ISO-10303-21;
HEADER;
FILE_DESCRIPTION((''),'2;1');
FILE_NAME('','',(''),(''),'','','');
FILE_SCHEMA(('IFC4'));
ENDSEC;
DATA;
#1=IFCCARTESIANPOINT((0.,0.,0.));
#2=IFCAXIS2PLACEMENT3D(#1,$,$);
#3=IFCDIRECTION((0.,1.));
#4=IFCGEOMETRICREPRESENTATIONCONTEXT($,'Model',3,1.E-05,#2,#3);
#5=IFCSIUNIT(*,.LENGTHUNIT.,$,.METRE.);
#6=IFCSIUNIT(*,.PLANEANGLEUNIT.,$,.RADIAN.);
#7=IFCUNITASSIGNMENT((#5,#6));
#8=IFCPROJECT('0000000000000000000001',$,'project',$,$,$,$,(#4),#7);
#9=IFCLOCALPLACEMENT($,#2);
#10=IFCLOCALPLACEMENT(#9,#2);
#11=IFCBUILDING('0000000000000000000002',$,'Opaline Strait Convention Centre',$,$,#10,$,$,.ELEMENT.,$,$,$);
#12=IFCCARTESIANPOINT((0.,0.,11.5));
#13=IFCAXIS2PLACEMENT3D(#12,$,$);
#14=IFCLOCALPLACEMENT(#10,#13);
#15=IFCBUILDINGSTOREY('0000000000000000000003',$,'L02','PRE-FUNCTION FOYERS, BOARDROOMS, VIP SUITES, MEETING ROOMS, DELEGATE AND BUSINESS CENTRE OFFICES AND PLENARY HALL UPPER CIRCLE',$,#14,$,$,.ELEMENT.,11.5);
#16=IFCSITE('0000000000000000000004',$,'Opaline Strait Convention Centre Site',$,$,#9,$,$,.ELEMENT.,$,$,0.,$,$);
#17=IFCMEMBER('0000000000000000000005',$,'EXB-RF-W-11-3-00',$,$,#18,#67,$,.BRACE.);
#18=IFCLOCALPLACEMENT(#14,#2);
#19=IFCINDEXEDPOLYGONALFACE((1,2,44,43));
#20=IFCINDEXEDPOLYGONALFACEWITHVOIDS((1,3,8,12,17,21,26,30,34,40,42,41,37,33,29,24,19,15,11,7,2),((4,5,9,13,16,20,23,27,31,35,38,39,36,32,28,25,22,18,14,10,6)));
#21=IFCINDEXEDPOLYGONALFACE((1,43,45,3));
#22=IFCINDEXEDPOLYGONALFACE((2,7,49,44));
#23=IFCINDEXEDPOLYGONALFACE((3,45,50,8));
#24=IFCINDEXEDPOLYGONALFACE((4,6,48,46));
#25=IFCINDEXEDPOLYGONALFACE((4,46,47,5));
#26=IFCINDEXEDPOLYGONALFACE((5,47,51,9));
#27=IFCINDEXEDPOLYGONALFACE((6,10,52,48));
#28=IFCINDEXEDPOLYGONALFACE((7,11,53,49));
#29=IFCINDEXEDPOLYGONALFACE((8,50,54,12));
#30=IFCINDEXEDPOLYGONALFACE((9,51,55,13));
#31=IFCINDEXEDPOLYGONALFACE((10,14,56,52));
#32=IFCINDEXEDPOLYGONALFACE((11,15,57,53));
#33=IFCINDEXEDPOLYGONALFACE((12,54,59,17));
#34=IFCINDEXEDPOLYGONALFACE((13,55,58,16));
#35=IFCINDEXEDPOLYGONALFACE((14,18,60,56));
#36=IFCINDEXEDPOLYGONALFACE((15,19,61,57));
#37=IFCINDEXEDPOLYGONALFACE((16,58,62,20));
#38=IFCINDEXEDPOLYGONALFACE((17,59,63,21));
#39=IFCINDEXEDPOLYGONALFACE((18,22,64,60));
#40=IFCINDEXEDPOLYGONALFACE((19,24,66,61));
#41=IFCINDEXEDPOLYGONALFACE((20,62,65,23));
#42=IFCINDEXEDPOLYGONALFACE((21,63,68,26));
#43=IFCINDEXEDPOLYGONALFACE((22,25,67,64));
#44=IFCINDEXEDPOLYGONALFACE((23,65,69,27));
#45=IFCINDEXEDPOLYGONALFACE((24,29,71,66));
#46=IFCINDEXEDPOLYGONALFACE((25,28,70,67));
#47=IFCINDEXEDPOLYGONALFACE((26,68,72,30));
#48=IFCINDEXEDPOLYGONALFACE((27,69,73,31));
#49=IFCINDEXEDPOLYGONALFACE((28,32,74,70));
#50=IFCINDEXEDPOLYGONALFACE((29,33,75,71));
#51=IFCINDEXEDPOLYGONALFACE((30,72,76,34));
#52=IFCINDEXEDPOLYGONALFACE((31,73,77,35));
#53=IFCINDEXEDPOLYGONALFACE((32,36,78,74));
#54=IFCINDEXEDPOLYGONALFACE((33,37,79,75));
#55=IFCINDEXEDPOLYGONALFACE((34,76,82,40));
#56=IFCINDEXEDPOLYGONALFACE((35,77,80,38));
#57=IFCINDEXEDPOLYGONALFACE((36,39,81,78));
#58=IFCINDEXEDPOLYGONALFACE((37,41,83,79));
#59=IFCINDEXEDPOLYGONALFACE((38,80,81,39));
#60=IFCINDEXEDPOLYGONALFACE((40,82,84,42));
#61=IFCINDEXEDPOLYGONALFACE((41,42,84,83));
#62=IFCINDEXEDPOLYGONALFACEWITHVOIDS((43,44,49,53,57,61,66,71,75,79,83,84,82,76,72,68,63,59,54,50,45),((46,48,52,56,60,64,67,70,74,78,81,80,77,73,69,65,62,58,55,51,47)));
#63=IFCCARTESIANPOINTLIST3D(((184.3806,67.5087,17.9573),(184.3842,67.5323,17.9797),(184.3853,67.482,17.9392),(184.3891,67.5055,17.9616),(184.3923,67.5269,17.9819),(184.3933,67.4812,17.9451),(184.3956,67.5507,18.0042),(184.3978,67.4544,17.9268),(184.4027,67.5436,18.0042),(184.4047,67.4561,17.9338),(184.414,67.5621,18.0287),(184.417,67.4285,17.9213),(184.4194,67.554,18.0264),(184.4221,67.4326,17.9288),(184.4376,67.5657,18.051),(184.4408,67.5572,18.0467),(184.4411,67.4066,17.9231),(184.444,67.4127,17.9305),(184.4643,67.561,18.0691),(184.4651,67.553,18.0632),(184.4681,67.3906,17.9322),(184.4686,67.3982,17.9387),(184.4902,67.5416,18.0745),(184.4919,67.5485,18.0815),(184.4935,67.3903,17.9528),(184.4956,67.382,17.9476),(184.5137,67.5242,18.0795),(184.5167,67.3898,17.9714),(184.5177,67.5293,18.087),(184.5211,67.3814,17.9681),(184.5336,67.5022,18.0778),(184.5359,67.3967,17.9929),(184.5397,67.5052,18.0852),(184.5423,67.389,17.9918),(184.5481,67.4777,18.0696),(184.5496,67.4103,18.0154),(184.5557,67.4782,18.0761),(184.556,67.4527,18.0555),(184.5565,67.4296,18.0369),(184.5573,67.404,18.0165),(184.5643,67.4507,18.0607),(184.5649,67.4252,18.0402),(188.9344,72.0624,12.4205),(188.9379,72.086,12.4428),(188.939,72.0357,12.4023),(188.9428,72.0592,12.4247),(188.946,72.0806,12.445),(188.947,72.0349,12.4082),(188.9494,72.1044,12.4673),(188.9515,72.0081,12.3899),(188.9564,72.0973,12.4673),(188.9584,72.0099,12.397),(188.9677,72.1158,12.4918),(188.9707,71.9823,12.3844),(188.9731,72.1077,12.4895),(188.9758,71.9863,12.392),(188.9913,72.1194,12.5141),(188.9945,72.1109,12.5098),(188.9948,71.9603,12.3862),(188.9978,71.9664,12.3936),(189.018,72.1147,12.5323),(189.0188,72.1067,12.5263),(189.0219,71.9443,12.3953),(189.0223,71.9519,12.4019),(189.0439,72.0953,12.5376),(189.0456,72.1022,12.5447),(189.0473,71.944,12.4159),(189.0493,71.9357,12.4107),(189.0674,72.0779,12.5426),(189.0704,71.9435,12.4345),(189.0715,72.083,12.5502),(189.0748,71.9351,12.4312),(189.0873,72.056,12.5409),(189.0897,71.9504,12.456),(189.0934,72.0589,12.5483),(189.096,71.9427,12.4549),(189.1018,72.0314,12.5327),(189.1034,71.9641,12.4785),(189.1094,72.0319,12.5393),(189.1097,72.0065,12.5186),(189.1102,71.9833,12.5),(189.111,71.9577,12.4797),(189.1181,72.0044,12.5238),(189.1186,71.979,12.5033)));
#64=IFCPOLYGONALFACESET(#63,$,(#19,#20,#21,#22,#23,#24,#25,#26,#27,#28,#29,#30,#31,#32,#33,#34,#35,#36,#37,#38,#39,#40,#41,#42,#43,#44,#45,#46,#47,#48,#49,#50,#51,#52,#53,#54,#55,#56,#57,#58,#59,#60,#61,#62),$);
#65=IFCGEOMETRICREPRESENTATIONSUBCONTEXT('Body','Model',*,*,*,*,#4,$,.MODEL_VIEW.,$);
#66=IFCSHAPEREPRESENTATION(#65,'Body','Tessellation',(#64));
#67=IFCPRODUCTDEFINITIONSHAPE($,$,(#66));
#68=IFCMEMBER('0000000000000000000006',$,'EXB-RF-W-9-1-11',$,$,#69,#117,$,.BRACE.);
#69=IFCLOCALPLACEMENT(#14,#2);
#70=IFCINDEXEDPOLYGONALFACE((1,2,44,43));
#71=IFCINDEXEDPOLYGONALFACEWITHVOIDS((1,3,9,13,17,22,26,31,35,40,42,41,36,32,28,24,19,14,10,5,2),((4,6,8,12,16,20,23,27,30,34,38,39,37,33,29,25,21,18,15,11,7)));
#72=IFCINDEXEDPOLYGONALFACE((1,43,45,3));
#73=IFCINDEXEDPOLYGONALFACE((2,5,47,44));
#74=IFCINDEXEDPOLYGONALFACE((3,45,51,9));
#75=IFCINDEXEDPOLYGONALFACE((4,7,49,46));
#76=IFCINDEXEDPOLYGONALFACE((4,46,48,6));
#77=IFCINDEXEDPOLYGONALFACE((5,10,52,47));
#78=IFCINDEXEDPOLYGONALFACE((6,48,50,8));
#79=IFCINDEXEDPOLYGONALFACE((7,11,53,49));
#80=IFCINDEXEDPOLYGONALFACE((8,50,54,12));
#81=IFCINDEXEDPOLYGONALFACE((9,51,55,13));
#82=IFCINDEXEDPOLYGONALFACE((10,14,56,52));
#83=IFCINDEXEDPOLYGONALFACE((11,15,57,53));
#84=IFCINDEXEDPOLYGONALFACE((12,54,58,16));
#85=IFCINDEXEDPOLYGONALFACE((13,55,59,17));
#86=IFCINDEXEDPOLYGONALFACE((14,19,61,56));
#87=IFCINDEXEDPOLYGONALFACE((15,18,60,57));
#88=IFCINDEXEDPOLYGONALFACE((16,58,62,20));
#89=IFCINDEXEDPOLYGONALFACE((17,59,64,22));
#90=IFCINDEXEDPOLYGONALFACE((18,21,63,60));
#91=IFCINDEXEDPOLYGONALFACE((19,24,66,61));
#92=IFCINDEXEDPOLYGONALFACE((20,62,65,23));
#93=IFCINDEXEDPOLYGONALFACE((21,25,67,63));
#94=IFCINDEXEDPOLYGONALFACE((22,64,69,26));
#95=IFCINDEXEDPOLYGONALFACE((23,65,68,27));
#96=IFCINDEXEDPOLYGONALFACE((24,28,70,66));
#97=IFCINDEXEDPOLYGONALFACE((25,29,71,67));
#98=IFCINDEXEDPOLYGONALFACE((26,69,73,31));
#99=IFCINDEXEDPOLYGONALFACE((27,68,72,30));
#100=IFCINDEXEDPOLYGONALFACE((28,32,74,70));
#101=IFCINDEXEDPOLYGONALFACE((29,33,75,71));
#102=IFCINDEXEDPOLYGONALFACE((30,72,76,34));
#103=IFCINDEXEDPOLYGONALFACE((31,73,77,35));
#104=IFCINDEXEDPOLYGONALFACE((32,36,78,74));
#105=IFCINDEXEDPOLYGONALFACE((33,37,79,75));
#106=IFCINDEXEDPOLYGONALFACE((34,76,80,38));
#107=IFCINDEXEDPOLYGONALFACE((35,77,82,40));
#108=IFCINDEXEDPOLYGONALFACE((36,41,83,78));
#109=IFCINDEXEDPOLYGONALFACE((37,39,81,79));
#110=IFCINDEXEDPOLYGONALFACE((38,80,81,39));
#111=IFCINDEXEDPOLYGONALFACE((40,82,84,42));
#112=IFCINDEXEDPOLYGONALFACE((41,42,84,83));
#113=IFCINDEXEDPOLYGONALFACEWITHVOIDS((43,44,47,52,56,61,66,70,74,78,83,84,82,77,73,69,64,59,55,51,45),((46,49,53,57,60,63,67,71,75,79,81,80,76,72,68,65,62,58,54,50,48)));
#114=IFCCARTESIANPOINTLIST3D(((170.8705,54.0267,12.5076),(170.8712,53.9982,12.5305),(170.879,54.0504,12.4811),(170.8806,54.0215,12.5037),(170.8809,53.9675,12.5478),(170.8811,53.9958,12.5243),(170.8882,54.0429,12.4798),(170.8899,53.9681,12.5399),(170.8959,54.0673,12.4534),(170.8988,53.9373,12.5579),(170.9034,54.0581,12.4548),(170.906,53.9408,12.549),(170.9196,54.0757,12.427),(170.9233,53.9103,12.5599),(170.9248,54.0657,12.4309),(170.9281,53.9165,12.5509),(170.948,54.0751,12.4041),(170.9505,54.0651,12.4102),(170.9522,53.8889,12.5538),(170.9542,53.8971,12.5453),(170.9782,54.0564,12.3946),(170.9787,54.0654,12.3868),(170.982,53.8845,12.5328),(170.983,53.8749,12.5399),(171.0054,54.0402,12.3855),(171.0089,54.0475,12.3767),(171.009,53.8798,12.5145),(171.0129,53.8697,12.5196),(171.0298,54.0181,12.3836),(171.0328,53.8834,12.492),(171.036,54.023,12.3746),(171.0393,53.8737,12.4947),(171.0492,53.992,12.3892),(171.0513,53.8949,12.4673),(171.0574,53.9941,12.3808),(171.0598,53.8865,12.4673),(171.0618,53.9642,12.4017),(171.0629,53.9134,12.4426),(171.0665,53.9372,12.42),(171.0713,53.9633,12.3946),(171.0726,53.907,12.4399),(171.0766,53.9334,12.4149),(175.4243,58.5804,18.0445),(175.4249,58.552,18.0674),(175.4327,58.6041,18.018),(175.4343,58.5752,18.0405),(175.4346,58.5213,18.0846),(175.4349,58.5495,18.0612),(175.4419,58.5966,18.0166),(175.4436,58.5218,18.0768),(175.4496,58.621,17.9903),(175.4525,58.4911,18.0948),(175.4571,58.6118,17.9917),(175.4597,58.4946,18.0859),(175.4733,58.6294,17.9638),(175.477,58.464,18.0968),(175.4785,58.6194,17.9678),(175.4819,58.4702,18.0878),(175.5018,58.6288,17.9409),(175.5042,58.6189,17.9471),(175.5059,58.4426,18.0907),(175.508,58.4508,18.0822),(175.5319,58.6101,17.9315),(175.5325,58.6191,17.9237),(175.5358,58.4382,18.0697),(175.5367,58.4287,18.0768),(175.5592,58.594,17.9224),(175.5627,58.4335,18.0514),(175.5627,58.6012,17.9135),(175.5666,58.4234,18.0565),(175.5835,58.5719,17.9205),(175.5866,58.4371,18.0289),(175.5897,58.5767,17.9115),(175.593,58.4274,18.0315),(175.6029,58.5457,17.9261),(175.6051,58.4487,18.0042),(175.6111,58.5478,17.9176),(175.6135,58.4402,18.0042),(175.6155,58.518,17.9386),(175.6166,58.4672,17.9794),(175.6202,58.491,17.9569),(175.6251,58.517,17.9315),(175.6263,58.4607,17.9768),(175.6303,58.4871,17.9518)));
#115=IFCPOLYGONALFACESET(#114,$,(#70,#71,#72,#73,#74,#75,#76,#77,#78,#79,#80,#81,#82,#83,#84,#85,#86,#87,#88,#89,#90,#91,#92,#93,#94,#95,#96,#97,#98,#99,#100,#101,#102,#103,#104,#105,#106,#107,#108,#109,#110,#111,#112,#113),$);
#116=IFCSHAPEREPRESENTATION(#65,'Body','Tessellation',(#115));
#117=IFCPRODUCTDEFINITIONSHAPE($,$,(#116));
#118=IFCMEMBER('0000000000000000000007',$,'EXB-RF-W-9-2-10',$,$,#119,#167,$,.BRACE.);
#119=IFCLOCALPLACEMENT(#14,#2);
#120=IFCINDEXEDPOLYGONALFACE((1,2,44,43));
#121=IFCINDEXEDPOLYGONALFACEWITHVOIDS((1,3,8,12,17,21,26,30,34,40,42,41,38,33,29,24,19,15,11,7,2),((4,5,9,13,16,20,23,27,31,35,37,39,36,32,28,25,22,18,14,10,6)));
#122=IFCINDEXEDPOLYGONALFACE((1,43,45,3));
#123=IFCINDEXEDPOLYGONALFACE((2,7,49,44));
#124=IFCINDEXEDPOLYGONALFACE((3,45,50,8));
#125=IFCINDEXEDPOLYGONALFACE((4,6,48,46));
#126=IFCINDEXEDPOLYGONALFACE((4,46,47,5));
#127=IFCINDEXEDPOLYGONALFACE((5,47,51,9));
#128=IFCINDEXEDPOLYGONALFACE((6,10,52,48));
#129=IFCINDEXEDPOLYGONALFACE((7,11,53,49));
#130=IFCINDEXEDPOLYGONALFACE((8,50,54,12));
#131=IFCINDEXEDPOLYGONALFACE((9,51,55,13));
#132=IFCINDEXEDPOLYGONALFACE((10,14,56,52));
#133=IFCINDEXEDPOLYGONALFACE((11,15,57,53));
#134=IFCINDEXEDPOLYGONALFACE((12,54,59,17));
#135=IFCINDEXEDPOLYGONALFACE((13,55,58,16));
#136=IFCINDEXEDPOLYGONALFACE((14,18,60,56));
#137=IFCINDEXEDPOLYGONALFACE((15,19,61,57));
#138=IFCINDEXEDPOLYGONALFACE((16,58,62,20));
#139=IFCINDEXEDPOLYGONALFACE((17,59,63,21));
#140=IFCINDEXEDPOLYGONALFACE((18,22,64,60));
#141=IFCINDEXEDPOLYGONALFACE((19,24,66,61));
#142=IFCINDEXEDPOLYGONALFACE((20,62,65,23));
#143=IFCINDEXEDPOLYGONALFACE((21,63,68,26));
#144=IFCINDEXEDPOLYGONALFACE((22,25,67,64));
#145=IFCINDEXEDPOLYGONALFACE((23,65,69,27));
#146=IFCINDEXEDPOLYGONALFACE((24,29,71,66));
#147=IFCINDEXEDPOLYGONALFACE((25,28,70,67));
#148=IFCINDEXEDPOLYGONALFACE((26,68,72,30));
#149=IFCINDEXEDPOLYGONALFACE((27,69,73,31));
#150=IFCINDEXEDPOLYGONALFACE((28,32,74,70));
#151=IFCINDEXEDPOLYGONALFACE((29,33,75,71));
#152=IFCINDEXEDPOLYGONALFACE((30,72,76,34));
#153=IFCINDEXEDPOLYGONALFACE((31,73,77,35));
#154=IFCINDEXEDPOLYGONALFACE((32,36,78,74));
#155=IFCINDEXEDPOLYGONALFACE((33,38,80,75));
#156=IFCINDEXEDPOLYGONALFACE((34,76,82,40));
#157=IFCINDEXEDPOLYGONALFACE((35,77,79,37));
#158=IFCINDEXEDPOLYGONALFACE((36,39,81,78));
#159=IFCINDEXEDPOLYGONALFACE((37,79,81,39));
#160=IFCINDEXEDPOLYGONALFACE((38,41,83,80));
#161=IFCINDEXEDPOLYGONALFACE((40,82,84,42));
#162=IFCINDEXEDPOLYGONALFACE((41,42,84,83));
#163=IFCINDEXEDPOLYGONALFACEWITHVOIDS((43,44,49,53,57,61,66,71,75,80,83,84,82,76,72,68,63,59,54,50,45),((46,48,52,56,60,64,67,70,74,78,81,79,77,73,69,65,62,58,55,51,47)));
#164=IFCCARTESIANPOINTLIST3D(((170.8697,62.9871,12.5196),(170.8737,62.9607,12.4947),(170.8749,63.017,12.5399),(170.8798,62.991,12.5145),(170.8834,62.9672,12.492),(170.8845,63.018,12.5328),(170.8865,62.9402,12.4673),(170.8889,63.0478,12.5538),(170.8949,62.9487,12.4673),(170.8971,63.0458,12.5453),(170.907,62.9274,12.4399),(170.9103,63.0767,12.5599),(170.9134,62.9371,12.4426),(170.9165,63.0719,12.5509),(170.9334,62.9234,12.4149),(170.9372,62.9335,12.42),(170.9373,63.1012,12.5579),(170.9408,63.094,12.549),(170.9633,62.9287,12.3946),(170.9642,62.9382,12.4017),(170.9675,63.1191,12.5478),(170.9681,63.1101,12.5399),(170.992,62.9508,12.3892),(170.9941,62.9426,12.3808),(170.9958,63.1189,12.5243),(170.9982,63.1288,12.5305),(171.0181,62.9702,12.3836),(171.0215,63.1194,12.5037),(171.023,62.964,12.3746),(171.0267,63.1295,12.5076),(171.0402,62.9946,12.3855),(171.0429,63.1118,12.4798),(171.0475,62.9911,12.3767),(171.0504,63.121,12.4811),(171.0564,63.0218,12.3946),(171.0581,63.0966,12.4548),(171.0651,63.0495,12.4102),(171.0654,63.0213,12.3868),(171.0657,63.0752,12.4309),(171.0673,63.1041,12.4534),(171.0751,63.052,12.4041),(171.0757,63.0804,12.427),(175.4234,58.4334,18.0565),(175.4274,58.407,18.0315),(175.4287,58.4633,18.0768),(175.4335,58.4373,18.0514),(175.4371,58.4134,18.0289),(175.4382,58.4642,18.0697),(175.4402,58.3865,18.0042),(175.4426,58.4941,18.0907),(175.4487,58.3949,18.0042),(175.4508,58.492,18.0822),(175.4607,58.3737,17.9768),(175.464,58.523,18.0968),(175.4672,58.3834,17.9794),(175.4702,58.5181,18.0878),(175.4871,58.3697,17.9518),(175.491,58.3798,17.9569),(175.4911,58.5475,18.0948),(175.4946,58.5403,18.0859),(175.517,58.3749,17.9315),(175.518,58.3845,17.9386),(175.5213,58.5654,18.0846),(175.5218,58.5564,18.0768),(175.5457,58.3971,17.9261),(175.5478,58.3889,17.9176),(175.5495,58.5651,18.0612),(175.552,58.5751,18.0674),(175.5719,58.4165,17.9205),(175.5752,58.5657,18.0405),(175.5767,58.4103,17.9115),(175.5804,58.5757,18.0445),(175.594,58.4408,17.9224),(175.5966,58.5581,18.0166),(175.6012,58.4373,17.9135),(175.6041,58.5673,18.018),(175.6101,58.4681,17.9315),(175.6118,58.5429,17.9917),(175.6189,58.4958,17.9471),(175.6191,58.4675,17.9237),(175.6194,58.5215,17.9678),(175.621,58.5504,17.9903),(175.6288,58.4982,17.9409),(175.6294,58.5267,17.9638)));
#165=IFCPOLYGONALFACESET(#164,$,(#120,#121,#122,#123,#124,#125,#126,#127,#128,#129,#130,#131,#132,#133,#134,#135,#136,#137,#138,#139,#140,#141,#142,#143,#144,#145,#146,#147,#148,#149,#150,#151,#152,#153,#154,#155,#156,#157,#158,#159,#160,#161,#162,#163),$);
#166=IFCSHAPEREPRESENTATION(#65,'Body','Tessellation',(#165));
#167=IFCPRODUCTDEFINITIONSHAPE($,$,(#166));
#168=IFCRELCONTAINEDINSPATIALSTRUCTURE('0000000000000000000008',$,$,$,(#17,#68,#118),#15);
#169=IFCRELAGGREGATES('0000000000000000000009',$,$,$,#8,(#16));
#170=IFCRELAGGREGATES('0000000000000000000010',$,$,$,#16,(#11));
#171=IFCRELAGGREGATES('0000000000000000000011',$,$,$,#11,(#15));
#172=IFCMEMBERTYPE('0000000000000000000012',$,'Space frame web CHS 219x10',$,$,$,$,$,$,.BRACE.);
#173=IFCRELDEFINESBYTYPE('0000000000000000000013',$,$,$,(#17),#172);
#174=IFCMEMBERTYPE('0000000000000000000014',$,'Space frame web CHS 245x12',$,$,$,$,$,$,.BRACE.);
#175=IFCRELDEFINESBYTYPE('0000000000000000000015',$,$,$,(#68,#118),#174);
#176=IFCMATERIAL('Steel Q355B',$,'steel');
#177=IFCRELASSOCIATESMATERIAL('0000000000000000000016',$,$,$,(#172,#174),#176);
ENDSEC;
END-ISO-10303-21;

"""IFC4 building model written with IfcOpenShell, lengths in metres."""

from ifc_helpers import new_model, si_unit, direction, frame, origin, origin_2d, place, context, subcontext, project, spatial, hollow_circle, extrude, material, material_profile, profile_set, type_object, element, save


model = new_model("IFC4")

# Units and contexts
model_context = context("Model", 3, precision=1e-05, world=origin(), true_north=direction((0.0, 1.0)))
body_context = subcontext(model_context, "Body", "Model", "MODEL_VIEW")
ifc_project = project(units=[si_unit("LENGTHUNIT", "METRE"), si_unit("PLANEANGLEUNIT", "RADIAN")], contexts=[model_context])

# Site, building, storey
site_placement = place(None, origin())
site = spatial("IfcSite", under=ifc_project, at=site_placement, Name="Opaline Strait Convention Centre Site", CompositionType="ELEMENT", RefElevation=0.0)
building_placement = place(site_placement, origin())
building = spatial("IfcBuilding", under=site, at=building_placement, Name="Opaline Strait Convention Centre", CompositionType="ELEMENT")
storey_placement = place(building_placement, frame((0.0, 0.0, 11.5)))
storey = spatial("IfcBuildingStorey", under=building, at=storey_placement, Name="L02", Description="PRE-FUNCTION FOYERS, BOARDROOMS, VIP SUITES, MEETING ROOMS, DELEGATE AND BUSINESS CENTRE OFFICES AND PLENARY HALL UPPER CIRCLE", CompositionType="ELEMENT", Elevation=11.5)

# Members
ifc_material = material(Name="Steel Q355B", Category="steel")
ifc_material_profile_1 = material_profile(ifc_material, hollow_circle(Radius=0.1096, WallThickness=0.01, at=origin_2d()), Name="CHS 219x10")
ifc_profile_set_1 = profile_set([ifc_material_profile_1], Name="Steel Q355B")
member_type_1 = type_object("IfcMemberType", Name="Space frame web CHS 219x10", PredefinedType="BRACE", material=ifc_profile_set_1)
for number, where, z_axis, x_axis, name in (
    (1, (184.4731, 67.4731, 18.0042), (0.536178, 0.536178, -0.65194), (-0.707107, 0.707107, 0.0), "EXB-RF-W-11-3-00"),
):
    element("IfcMember", number, at=place(storey_placement, frame(where, z_axis=z_axis, x_axis=x_axis)), inside=storey, type_object=member_type_1, Name=name, PredefinedType="BRACE", context=body_context, shape_type="SweptSolid", body=[
        extrude(hollow_circle(Radius=0.1096, WallThickness=0.01, at=origin_2d()), origin(), (0.0, 0.0, 1.0), 8.4929),
    ])
ifc_material_profile_2 = material_profile(ifc_material, hollow_circle(Radius=0.1226, WallThickness=0.012, at=origin_2d()), Name="CHS 245x12")
ifc_profile_set_2 = profile_set([ifc_material_profile_2], Name="Steel Q355B")
member_type_2 = type_object("IfcMemberType", Name="Space frame web CHS 245x12", PredefinedType="BRACE", material=ifc_profile_set_2)
for number, where, z_axis, x_axis, name in (
    (2, (175.5269, 58.5269, 18.0042), (-0.536178, -0.536178, -0.65194), (0.707107, -0.707107, 0.0), "EXB-RF-W-9-1-11"),
    (3, (175.5269, 58.4731, 18.0042), (-0.536178, 0.536178, -0.65194), (-0.707107, -0.707107, 0.0), "EXB-RF-W-9-2-10"),
):
    element("IfcMember", number, at=place(storey_placement, frame(where, z_axis=z_axis, x_axis=x_axis)), inside=storey, type_object=member_type_2, Name=name, PredefinedType="BRACE", context=body_context, shape_type="SweptSolid", body=[
        extrude(hollow_circle(Radius=0.1226, WallThickness=0.012, at=origin_2d()), origin(), (0.0, 0.0, 1.0), 8.4929),
    ])

save(model, "model.ifc")
